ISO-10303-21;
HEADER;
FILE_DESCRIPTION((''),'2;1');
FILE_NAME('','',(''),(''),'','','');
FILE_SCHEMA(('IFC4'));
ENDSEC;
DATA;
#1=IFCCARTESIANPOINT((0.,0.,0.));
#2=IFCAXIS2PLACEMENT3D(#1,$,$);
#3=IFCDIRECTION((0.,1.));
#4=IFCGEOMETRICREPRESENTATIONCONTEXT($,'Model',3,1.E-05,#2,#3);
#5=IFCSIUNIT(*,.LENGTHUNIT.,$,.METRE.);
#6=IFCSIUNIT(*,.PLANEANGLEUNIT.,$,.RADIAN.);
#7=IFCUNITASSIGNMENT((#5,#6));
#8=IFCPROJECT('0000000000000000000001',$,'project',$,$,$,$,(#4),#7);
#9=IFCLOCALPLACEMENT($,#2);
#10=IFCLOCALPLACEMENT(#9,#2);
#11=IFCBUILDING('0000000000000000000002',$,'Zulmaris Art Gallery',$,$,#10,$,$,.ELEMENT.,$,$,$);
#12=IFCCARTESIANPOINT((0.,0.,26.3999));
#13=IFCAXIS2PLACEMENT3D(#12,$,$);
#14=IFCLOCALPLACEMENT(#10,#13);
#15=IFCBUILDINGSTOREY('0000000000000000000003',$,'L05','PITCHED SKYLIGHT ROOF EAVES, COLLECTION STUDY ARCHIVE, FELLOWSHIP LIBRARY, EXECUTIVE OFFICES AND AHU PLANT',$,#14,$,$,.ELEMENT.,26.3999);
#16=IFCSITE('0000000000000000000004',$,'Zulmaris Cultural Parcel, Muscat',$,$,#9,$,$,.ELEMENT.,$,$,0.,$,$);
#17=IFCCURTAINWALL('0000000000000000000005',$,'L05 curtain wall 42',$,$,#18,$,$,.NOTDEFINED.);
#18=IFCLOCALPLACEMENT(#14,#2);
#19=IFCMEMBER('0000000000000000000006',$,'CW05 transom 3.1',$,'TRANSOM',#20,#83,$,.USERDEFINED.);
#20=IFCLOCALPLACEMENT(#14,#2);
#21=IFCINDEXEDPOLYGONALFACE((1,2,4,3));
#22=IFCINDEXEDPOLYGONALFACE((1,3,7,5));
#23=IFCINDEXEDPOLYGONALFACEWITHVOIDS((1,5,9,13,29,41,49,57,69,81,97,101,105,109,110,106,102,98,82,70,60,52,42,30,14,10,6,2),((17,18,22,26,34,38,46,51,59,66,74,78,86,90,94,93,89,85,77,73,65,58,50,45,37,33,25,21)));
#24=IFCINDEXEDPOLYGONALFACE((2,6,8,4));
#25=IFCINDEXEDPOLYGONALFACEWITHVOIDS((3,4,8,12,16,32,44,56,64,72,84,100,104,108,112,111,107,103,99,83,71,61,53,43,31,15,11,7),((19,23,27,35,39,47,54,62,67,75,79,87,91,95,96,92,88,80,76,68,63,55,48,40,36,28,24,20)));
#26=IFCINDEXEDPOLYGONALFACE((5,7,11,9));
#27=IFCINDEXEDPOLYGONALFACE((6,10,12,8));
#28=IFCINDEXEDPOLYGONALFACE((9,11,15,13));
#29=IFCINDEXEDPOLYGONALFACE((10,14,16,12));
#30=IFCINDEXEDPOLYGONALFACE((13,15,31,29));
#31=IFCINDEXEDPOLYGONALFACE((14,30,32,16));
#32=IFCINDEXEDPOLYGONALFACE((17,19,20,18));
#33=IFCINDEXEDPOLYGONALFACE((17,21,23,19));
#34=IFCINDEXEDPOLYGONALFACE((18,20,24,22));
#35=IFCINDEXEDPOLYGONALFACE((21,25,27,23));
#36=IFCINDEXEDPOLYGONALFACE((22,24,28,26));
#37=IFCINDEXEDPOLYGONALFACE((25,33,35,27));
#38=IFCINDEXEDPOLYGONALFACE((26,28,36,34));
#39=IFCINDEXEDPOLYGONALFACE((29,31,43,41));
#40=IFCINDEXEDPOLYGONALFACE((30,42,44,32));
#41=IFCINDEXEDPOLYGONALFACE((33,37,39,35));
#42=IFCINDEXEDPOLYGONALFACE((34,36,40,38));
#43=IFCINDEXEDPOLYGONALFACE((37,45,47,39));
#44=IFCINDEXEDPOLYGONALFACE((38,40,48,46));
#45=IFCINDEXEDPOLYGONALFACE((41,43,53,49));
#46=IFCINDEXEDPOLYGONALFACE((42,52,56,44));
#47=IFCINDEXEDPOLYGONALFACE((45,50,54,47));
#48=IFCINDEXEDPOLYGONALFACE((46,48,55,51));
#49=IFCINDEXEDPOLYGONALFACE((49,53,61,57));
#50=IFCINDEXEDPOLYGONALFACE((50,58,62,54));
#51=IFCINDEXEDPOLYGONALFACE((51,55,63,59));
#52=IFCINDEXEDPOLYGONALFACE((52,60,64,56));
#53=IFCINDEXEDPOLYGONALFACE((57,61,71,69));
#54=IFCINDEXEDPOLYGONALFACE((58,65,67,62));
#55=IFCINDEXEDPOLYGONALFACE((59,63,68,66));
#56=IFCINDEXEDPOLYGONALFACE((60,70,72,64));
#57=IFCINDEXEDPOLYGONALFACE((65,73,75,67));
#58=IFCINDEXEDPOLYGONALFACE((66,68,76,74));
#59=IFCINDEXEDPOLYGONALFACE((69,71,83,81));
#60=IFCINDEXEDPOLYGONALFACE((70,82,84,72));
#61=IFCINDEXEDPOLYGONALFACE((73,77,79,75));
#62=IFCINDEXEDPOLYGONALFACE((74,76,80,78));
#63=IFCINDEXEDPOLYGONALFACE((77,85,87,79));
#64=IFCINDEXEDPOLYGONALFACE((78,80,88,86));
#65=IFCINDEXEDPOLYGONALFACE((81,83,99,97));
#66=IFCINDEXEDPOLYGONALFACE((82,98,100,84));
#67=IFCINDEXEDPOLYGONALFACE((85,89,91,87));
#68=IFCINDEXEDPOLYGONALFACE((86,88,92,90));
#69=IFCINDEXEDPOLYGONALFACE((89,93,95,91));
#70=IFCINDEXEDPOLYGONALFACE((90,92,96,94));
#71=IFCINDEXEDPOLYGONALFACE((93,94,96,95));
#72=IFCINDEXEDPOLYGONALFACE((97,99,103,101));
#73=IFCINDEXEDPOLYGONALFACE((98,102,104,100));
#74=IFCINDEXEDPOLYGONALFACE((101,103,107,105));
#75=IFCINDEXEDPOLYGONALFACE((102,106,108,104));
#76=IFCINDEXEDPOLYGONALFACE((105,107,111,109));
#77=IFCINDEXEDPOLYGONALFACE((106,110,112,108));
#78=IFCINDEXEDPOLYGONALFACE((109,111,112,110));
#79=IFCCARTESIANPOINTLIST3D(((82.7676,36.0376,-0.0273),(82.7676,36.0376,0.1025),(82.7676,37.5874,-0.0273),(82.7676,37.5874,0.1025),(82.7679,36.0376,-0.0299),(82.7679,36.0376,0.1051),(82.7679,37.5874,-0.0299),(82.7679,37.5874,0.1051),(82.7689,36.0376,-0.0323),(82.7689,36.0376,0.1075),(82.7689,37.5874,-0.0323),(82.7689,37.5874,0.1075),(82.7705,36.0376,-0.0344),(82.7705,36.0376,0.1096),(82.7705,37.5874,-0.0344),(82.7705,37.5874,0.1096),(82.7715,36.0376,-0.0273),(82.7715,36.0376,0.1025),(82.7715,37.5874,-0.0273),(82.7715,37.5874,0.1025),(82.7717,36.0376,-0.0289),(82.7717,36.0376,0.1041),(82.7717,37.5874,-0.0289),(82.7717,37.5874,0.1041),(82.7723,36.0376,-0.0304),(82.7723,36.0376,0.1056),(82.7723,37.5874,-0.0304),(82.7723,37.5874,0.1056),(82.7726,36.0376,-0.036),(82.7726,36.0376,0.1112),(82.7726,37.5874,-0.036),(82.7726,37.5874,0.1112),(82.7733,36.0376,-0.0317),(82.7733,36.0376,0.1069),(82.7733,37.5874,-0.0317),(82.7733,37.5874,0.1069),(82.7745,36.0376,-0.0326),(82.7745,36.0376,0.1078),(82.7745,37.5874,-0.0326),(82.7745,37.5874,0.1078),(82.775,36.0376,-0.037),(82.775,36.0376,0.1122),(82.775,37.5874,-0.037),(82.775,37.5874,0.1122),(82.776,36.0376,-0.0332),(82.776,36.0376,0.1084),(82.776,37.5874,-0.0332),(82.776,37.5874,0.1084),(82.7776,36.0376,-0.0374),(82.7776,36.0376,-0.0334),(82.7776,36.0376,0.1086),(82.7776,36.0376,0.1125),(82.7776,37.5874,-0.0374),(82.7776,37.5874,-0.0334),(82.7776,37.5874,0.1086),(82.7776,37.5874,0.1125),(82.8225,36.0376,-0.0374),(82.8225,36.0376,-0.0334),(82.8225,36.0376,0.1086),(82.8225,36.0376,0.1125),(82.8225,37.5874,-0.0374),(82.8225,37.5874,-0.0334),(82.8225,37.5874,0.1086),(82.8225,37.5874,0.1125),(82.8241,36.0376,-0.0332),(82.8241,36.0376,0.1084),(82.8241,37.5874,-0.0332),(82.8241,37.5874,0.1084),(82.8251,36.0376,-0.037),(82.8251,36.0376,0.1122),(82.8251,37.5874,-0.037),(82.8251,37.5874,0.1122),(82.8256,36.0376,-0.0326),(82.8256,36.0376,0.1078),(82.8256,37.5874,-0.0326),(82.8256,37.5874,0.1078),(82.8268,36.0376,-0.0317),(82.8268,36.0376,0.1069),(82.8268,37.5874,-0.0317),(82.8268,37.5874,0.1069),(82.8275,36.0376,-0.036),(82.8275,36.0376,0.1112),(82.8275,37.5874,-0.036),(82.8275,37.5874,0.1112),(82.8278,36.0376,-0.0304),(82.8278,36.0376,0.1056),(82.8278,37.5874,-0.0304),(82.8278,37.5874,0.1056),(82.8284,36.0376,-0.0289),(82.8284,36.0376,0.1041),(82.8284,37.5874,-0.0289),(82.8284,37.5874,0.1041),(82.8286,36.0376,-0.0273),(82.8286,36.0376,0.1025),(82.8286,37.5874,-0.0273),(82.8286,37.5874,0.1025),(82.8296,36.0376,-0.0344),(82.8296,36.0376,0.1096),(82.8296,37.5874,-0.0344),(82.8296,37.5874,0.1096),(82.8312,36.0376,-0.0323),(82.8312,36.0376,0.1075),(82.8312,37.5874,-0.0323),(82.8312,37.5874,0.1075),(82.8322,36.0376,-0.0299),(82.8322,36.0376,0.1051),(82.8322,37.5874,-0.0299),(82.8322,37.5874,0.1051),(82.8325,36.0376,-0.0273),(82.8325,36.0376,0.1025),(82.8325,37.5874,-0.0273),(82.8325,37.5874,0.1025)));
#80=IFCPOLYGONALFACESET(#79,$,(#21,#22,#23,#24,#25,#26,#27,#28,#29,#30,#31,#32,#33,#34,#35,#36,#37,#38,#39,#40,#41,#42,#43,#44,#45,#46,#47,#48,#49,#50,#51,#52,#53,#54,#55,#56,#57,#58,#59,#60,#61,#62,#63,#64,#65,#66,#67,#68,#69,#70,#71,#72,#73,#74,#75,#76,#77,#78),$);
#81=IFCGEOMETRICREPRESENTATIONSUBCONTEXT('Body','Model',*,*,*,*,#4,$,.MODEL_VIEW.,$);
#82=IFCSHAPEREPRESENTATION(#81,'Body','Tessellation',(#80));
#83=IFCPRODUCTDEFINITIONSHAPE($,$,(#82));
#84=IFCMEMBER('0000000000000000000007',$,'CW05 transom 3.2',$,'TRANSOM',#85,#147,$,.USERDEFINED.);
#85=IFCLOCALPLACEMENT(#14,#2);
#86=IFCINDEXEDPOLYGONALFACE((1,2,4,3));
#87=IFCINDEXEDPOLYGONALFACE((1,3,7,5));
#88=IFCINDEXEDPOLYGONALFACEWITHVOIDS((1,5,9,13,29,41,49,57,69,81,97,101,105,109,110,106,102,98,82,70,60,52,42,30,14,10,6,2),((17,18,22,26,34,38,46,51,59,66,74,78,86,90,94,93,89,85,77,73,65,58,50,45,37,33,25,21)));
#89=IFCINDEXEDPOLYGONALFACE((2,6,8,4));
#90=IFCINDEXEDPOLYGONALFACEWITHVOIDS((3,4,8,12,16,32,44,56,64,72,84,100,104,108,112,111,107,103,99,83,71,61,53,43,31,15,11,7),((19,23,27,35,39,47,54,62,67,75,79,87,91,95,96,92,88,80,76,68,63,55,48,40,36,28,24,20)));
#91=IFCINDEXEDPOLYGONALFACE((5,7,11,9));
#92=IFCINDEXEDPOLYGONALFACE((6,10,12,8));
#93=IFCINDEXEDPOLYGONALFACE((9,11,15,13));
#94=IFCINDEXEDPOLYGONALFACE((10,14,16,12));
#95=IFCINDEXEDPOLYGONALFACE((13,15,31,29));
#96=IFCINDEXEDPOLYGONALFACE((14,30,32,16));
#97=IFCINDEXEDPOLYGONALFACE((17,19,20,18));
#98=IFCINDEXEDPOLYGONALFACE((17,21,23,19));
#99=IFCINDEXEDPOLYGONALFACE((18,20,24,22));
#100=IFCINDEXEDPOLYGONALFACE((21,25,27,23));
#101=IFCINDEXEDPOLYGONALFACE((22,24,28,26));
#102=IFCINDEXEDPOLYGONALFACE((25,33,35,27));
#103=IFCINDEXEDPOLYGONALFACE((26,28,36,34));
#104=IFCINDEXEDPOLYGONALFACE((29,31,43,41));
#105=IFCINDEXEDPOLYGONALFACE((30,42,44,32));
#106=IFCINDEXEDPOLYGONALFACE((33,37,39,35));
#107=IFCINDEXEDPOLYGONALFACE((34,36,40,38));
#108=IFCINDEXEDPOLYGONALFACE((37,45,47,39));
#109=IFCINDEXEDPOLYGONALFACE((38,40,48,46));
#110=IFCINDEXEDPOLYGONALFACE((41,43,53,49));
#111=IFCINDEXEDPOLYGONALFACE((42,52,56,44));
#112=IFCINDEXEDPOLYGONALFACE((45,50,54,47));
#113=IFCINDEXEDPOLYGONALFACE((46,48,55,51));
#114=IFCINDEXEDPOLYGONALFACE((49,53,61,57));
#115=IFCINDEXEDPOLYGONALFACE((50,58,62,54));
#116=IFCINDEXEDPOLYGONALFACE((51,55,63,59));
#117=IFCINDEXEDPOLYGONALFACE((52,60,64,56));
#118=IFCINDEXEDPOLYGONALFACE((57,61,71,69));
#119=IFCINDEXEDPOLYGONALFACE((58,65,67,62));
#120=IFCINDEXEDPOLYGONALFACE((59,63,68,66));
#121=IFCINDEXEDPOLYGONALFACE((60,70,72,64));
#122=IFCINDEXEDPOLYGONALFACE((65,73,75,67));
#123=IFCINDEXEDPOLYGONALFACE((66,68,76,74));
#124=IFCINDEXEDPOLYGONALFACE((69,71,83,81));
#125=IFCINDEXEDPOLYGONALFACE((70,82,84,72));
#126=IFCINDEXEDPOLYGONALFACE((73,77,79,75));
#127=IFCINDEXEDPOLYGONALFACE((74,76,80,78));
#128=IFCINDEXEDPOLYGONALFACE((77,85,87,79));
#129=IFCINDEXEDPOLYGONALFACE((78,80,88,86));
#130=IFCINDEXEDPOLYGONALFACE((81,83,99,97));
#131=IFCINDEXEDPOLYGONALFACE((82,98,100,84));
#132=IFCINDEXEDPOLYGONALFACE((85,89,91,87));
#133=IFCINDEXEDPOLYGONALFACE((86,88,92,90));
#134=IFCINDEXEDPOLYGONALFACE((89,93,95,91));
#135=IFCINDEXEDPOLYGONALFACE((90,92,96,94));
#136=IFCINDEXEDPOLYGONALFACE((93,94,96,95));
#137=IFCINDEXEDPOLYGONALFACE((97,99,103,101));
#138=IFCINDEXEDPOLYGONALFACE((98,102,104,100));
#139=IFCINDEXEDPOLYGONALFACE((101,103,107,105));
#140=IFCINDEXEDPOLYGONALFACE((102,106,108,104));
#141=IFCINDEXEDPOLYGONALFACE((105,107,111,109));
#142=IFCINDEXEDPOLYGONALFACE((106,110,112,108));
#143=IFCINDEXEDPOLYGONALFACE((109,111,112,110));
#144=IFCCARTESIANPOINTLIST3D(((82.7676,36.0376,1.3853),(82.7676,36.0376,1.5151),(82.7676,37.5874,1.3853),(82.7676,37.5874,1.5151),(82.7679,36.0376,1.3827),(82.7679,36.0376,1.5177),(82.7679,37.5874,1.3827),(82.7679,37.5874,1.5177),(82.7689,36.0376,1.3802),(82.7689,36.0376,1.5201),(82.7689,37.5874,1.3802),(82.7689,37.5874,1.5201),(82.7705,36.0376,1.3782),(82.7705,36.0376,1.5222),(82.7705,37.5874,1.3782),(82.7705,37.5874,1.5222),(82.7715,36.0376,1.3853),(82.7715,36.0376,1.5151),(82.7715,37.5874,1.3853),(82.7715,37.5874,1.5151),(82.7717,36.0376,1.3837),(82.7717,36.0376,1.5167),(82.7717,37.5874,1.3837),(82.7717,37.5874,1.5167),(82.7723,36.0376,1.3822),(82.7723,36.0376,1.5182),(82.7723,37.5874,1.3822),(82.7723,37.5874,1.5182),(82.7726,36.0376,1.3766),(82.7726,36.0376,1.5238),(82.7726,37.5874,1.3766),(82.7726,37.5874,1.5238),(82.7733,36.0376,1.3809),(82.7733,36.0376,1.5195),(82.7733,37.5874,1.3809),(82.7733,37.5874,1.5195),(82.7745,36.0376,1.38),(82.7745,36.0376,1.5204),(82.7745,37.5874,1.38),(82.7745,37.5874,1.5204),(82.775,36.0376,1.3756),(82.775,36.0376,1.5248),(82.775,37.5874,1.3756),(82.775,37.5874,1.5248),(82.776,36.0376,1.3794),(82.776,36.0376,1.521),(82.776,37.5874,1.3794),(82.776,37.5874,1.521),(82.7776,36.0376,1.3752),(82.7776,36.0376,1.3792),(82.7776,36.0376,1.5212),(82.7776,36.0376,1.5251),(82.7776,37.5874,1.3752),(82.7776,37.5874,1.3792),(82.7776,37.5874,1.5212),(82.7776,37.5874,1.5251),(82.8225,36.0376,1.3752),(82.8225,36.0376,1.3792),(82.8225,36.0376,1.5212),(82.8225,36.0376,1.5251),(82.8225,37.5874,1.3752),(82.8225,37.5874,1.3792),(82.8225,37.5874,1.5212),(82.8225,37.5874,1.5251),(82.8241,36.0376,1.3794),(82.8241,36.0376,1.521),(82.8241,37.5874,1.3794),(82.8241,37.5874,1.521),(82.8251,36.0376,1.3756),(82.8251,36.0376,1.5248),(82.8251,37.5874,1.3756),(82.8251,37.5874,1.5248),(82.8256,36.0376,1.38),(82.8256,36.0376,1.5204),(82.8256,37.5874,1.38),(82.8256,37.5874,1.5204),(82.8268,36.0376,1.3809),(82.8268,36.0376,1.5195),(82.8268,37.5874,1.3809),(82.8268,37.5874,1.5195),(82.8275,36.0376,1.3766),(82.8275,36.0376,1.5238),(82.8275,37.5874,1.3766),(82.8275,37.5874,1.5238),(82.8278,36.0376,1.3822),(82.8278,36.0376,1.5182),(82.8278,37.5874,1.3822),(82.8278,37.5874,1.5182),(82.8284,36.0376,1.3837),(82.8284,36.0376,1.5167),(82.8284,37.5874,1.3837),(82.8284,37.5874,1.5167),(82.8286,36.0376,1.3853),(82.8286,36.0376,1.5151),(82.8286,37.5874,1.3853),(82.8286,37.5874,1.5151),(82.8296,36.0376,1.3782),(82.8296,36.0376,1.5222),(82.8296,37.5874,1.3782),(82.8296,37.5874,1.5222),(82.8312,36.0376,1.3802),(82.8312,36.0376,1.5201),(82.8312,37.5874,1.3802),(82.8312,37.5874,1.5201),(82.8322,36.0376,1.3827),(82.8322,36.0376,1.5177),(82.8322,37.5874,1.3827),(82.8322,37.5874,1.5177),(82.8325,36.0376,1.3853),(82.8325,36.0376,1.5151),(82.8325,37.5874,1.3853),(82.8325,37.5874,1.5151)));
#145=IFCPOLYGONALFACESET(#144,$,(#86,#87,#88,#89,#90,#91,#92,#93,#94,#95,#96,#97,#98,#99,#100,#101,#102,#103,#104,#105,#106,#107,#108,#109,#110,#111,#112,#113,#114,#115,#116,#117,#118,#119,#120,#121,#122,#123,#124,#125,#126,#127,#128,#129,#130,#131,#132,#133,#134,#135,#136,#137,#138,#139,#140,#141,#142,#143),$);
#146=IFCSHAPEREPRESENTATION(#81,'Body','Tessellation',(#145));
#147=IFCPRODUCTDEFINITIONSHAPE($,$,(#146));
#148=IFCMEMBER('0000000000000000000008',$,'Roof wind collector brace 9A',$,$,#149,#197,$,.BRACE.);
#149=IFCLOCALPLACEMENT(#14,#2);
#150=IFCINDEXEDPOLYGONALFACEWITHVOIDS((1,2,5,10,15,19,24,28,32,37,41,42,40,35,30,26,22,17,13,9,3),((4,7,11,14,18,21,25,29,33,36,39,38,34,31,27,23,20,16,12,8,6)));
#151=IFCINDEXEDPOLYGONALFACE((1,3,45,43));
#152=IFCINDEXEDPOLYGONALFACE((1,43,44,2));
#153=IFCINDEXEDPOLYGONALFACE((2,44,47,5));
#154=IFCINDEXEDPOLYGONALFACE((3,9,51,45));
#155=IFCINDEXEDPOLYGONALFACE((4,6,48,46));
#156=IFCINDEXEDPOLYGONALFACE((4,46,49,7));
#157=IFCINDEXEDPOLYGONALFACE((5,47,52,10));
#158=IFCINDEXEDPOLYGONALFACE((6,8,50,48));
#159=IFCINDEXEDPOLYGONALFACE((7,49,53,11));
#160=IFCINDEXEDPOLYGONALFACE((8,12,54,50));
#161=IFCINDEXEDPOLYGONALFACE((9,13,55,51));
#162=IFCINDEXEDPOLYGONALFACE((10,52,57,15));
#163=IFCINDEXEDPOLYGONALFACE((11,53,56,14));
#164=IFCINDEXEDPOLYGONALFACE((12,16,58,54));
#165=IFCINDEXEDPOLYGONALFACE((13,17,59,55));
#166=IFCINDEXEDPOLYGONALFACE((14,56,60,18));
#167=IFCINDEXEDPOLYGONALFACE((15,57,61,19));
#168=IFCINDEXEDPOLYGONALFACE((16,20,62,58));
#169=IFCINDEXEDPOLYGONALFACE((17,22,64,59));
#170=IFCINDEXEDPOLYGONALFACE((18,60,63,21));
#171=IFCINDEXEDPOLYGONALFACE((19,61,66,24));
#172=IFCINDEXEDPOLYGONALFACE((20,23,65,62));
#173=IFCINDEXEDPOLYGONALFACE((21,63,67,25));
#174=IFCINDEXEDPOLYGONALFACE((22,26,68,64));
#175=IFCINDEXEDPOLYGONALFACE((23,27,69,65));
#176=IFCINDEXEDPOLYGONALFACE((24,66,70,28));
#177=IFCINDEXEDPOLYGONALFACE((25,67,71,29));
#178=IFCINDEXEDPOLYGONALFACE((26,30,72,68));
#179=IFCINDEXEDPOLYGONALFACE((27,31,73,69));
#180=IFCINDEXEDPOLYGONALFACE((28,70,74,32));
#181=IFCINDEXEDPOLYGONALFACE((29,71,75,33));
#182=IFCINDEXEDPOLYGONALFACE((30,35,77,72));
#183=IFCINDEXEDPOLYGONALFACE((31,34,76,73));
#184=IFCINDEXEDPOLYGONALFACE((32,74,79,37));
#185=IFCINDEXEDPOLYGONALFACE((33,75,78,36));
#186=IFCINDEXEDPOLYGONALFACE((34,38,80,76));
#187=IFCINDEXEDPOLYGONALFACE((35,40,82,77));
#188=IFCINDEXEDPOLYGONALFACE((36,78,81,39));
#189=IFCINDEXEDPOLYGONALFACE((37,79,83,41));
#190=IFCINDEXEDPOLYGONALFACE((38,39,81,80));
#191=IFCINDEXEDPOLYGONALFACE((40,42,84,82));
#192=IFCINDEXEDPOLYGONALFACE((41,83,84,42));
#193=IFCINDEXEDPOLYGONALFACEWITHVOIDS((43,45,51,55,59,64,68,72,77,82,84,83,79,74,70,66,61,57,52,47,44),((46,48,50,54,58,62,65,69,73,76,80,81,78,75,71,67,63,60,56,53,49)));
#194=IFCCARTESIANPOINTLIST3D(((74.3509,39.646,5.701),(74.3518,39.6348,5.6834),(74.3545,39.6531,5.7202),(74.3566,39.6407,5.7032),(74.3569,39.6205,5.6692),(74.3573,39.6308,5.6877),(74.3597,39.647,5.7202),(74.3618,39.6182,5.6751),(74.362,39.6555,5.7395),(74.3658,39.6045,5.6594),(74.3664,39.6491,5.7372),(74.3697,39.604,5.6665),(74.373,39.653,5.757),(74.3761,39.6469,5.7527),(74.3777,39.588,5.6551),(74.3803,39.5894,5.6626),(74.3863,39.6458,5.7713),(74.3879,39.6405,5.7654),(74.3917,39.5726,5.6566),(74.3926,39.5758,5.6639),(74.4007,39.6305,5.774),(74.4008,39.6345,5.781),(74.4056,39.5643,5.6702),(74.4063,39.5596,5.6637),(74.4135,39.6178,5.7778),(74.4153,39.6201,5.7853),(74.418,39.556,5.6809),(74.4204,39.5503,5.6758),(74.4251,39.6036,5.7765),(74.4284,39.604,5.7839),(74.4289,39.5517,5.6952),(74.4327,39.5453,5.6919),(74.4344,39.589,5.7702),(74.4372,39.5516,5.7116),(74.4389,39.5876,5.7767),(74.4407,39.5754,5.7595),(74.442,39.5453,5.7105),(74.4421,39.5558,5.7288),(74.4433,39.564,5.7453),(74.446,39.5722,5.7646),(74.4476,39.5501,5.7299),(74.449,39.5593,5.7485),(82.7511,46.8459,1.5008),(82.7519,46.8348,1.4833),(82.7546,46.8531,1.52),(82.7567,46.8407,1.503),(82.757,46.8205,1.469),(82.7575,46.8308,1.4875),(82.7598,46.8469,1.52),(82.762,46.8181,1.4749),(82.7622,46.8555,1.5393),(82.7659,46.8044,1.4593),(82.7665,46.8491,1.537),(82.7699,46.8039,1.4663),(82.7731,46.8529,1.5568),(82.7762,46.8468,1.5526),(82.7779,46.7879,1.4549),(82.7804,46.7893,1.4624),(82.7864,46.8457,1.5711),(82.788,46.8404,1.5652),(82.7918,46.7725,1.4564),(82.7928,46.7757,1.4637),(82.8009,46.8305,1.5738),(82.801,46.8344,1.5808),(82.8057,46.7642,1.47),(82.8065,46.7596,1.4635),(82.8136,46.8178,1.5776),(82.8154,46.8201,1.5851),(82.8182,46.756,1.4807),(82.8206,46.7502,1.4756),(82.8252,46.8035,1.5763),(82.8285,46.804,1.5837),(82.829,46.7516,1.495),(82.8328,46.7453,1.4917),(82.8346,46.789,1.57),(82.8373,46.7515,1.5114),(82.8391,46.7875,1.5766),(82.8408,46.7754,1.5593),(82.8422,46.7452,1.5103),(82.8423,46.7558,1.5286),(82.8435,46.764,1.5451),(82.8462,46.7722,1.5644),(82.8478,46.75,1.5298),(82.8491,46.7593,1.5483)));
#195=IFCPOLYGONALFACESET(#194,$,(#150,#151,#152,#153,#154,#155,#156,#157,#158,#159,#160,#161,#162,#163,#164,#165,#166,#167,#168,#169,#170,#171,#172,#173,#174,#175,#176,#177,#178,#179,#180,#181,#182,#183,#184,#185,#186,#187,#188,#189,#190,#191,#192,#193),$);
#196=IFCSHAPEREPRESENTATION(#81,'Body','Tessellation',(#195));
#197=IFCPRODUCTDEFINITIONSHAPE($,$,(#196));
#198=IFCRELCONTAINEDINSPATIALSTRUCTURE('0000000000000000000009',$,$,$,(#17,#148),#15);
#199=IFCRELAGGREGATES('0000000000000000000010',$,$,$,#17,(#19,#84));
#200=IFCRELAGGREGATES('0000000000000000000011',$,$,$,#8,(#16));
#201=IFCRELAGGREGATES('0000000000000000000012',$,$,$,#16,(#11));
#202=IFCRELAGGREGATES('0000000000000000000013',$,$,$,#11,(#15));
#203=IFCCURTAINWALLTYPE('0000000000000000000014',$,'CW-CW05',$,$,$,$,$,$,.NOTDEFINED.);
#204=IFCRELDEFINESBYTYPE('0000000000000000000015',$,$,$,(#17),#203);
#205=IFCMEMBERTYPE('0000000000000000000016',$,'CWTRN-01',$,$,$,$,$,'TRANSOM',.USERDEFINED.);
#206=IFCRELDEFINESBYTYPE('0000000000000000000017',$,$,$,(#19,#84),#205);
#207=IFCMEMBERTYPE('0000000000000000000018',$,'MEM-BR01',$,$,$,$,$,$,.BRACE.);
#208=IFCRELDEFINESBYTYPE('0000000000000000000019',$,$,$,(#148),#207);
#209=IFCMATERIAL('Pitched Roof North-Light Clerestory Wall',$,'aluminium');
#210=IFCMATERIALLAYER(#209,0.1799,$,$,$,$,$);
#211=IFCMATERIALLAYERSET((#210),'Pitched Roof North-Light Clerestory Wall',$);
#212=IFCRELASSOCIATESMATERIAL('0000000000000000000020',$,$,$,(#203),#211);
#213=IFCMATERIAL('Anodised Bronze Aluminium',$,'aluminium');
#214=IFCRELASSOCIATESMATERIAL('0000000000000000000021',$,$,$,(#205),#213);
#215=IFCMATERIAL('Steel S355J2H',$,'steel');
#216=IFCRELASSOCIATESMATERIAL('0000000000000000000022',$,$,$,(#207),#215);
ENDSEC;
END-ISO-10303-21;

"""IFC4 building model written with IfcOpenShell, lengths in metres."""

from ifc_helpers import new_model, si_unit, direction, frame, origin, origin_2d, place, context, subcontext, project, spatial, hollow_rectangle, hollow_circle, extrude, material, layer, layer_set, material_profile, profile_set, type_object, element, aggregate, save


model = new_model("IFC4")

# Units and contexts
model_context = context("Model", 3, precision=1e-05, world=origin(), true_north=direction((0.0, 1.0)))
body_context = subcontext(model_context, "Body", "Model", "MODEL_VIEW")
ifc_project = project(units=[si_unit("LENGTHUNIT", "METRE"), si_unit("PLANEANGLEUNIT", "RADIAN")], contexts=[model_context])

# Site, building, storey
site_placement = place(None, origin())
site = spatial("IfcSite", under=ifc_project, at=site_placement, Name="Zulmaris Cultural Parcel, Muscat", CompositionType="ELEMENT", RefElevation=0.0)
building_placement = place(site_placement, origin())
building = spatial("IfcBuilding", under=site, at=building_placement, Name="Zulmaris Art Gallery", CompositionType="ELEMENT")
storey_placement = place(building_placement, frame((0.0, 0.0, 26.3999)))
storey = spatial("IfcBuildingStorey", under=building, at=storey_placement, Name="L05", Description="PITCHED SKYLIGHT ROOF EAVES, COLLECTION STUDY ARCHIVE, FELLOWSHIP LIBRARY, EXECUTIVE OFFICES AND AHU PLANT", CompositionType="ELEMENT", Elevation=26.3999)

# Curtain wall
ifc_material_1 = material(Name="Pitched Roof North-Light Clerestory Wall", Category="aluminium")
ifc_layer_1 = layer(ifc_material_1, 0.1799)
ifc_layer_set_1 = layer_set([ifc_layer_1], Name="Pitched Roof North-Light Clerestory Wall")
curtain_wall_type = type_object("IfcCurtainWallType", Name="CW-CW05", PredefinedType="NOTDEFINED", material=ifc_layer_set_1)
curtain_wall_1_placement = place(storey_placement, origin())
curtain_wall_1 = element("IfcCurtainWall", 1, at=curtain_wall_1_placement, inside=storey, type_object=curtain_wall_type, Name="L05 curtain wall 42", PredefinedType="NOTDEFINED")
ifc_material_2 = material(Name="Anodised Bronze Aluminium", Category="aluminium")

# Members
ifc_material_profile_1 = material_profile(ifc_material_2, hollow_rectangle(XDim=0.0649, YDim=0.1499, WallThickness=0.0039, InnerFilletRadius=0.0061, OuterFilletRadius=0.01, at=origin_2d()), Name="ALU 65x150x4")
ifc_profile_set_1 = profile_set([ifc_material_profile_1], Name="Anodised Bronze Aluminium")
member_type_1 = type_object("IfcMemberType", Name="CWTRN-01", ElementType="TRANSOM", PredefinedType="USERDEFINED", material=ifc_profile_set_1)
member_1_placement = place(storey_placement, frame((82.8, 36.0376, 0.0376), z_axis=(0.0, 1.0, 0.0), x_axis=(-1.0, 0.0, 0.0)))
member_1 = element("IfcMember", 2, at=member_1_placement, type_object=member_type_1, Name="CW05 transom 3.1", ObjectType="TRANSOM", PredefinedType="USERDEFINED", context=body_context, shape_type="SweptSolid", body=[
    extrude(hollow_rectangle(XDim=0.0649, YDim=0.1499, WallThickness=0.0039, InnerFilletRadius=0.0061, OuterFilletRadius=0.01, at=origin_2d()), origin(), (0.0, 0.0, 1.0), 1.5498),
])
member_2_placement = place(storey_placement, frame((82.8, 36.0376, 1.4502), z_axis=(0.0, 1.0, 0.0), x_axis=(-1.0, 0.0, 0.0)))
member_2 = element("IfcMember", 3, at=member_2_placement, type_object=member_type_1, Name="CW05 transom 3.2", ObjectType="TRANSOM", PredefinedType="USERDEFINED", context=body_context, shape_type="SweptSolid", body=[
    extrude(hollow_rectangle(XDim=0.0649, YDim=0.1499, WallThickness=0.0039, InnerFilletRadius=0.0061, OuterFilletRadius=0.01, at=origin_2d()), origin(), (0.0, 0.0, 1.0), 1.5498),
])
aggregate(curtain_wall_1, [member_1, member_2])

# Member
ifc_material_3 = material(Name="Steel S355J2H", Category="steel")
ifc_material_profile_2 = material_profile(ifc_material_3, hollow_circle(Radius=0.0698, WallThickness=0.0081, at=origin_2d()), Name="CHS 139.7x8")
ifc_profile_set_2 = profile_set([ifc_material_profile_2], Name="Steel S355J2H")
member_type_2 = type_object("IfcMemberType", Name="MEM-BR01", PredefinedType="BRACE", material=ifc_profile_set_2)
member_3_placement = place(storey_placement, frame((74.3999, 39.6001, 5.7202), z_axis=(0.709832, 0.608413, -0.354926), x_axis=(-0.650782, 0.759264, 0.0)))
element("IfcMember", 4, at=member_3_placement, inside=storey, type_object=member_type_2, Name="Roof wind collector brace 9A", PredefinedType="BRACE", context=body_context, shape_type="SweptSolid", body=[
    extrude(hollow_circle(Radius=0.0698, WallThickness=0.0081, at=origin_2d()), origin(), (0.0, 0.0, 1.0), 11.834),
])

save(model, "model.ifc")
